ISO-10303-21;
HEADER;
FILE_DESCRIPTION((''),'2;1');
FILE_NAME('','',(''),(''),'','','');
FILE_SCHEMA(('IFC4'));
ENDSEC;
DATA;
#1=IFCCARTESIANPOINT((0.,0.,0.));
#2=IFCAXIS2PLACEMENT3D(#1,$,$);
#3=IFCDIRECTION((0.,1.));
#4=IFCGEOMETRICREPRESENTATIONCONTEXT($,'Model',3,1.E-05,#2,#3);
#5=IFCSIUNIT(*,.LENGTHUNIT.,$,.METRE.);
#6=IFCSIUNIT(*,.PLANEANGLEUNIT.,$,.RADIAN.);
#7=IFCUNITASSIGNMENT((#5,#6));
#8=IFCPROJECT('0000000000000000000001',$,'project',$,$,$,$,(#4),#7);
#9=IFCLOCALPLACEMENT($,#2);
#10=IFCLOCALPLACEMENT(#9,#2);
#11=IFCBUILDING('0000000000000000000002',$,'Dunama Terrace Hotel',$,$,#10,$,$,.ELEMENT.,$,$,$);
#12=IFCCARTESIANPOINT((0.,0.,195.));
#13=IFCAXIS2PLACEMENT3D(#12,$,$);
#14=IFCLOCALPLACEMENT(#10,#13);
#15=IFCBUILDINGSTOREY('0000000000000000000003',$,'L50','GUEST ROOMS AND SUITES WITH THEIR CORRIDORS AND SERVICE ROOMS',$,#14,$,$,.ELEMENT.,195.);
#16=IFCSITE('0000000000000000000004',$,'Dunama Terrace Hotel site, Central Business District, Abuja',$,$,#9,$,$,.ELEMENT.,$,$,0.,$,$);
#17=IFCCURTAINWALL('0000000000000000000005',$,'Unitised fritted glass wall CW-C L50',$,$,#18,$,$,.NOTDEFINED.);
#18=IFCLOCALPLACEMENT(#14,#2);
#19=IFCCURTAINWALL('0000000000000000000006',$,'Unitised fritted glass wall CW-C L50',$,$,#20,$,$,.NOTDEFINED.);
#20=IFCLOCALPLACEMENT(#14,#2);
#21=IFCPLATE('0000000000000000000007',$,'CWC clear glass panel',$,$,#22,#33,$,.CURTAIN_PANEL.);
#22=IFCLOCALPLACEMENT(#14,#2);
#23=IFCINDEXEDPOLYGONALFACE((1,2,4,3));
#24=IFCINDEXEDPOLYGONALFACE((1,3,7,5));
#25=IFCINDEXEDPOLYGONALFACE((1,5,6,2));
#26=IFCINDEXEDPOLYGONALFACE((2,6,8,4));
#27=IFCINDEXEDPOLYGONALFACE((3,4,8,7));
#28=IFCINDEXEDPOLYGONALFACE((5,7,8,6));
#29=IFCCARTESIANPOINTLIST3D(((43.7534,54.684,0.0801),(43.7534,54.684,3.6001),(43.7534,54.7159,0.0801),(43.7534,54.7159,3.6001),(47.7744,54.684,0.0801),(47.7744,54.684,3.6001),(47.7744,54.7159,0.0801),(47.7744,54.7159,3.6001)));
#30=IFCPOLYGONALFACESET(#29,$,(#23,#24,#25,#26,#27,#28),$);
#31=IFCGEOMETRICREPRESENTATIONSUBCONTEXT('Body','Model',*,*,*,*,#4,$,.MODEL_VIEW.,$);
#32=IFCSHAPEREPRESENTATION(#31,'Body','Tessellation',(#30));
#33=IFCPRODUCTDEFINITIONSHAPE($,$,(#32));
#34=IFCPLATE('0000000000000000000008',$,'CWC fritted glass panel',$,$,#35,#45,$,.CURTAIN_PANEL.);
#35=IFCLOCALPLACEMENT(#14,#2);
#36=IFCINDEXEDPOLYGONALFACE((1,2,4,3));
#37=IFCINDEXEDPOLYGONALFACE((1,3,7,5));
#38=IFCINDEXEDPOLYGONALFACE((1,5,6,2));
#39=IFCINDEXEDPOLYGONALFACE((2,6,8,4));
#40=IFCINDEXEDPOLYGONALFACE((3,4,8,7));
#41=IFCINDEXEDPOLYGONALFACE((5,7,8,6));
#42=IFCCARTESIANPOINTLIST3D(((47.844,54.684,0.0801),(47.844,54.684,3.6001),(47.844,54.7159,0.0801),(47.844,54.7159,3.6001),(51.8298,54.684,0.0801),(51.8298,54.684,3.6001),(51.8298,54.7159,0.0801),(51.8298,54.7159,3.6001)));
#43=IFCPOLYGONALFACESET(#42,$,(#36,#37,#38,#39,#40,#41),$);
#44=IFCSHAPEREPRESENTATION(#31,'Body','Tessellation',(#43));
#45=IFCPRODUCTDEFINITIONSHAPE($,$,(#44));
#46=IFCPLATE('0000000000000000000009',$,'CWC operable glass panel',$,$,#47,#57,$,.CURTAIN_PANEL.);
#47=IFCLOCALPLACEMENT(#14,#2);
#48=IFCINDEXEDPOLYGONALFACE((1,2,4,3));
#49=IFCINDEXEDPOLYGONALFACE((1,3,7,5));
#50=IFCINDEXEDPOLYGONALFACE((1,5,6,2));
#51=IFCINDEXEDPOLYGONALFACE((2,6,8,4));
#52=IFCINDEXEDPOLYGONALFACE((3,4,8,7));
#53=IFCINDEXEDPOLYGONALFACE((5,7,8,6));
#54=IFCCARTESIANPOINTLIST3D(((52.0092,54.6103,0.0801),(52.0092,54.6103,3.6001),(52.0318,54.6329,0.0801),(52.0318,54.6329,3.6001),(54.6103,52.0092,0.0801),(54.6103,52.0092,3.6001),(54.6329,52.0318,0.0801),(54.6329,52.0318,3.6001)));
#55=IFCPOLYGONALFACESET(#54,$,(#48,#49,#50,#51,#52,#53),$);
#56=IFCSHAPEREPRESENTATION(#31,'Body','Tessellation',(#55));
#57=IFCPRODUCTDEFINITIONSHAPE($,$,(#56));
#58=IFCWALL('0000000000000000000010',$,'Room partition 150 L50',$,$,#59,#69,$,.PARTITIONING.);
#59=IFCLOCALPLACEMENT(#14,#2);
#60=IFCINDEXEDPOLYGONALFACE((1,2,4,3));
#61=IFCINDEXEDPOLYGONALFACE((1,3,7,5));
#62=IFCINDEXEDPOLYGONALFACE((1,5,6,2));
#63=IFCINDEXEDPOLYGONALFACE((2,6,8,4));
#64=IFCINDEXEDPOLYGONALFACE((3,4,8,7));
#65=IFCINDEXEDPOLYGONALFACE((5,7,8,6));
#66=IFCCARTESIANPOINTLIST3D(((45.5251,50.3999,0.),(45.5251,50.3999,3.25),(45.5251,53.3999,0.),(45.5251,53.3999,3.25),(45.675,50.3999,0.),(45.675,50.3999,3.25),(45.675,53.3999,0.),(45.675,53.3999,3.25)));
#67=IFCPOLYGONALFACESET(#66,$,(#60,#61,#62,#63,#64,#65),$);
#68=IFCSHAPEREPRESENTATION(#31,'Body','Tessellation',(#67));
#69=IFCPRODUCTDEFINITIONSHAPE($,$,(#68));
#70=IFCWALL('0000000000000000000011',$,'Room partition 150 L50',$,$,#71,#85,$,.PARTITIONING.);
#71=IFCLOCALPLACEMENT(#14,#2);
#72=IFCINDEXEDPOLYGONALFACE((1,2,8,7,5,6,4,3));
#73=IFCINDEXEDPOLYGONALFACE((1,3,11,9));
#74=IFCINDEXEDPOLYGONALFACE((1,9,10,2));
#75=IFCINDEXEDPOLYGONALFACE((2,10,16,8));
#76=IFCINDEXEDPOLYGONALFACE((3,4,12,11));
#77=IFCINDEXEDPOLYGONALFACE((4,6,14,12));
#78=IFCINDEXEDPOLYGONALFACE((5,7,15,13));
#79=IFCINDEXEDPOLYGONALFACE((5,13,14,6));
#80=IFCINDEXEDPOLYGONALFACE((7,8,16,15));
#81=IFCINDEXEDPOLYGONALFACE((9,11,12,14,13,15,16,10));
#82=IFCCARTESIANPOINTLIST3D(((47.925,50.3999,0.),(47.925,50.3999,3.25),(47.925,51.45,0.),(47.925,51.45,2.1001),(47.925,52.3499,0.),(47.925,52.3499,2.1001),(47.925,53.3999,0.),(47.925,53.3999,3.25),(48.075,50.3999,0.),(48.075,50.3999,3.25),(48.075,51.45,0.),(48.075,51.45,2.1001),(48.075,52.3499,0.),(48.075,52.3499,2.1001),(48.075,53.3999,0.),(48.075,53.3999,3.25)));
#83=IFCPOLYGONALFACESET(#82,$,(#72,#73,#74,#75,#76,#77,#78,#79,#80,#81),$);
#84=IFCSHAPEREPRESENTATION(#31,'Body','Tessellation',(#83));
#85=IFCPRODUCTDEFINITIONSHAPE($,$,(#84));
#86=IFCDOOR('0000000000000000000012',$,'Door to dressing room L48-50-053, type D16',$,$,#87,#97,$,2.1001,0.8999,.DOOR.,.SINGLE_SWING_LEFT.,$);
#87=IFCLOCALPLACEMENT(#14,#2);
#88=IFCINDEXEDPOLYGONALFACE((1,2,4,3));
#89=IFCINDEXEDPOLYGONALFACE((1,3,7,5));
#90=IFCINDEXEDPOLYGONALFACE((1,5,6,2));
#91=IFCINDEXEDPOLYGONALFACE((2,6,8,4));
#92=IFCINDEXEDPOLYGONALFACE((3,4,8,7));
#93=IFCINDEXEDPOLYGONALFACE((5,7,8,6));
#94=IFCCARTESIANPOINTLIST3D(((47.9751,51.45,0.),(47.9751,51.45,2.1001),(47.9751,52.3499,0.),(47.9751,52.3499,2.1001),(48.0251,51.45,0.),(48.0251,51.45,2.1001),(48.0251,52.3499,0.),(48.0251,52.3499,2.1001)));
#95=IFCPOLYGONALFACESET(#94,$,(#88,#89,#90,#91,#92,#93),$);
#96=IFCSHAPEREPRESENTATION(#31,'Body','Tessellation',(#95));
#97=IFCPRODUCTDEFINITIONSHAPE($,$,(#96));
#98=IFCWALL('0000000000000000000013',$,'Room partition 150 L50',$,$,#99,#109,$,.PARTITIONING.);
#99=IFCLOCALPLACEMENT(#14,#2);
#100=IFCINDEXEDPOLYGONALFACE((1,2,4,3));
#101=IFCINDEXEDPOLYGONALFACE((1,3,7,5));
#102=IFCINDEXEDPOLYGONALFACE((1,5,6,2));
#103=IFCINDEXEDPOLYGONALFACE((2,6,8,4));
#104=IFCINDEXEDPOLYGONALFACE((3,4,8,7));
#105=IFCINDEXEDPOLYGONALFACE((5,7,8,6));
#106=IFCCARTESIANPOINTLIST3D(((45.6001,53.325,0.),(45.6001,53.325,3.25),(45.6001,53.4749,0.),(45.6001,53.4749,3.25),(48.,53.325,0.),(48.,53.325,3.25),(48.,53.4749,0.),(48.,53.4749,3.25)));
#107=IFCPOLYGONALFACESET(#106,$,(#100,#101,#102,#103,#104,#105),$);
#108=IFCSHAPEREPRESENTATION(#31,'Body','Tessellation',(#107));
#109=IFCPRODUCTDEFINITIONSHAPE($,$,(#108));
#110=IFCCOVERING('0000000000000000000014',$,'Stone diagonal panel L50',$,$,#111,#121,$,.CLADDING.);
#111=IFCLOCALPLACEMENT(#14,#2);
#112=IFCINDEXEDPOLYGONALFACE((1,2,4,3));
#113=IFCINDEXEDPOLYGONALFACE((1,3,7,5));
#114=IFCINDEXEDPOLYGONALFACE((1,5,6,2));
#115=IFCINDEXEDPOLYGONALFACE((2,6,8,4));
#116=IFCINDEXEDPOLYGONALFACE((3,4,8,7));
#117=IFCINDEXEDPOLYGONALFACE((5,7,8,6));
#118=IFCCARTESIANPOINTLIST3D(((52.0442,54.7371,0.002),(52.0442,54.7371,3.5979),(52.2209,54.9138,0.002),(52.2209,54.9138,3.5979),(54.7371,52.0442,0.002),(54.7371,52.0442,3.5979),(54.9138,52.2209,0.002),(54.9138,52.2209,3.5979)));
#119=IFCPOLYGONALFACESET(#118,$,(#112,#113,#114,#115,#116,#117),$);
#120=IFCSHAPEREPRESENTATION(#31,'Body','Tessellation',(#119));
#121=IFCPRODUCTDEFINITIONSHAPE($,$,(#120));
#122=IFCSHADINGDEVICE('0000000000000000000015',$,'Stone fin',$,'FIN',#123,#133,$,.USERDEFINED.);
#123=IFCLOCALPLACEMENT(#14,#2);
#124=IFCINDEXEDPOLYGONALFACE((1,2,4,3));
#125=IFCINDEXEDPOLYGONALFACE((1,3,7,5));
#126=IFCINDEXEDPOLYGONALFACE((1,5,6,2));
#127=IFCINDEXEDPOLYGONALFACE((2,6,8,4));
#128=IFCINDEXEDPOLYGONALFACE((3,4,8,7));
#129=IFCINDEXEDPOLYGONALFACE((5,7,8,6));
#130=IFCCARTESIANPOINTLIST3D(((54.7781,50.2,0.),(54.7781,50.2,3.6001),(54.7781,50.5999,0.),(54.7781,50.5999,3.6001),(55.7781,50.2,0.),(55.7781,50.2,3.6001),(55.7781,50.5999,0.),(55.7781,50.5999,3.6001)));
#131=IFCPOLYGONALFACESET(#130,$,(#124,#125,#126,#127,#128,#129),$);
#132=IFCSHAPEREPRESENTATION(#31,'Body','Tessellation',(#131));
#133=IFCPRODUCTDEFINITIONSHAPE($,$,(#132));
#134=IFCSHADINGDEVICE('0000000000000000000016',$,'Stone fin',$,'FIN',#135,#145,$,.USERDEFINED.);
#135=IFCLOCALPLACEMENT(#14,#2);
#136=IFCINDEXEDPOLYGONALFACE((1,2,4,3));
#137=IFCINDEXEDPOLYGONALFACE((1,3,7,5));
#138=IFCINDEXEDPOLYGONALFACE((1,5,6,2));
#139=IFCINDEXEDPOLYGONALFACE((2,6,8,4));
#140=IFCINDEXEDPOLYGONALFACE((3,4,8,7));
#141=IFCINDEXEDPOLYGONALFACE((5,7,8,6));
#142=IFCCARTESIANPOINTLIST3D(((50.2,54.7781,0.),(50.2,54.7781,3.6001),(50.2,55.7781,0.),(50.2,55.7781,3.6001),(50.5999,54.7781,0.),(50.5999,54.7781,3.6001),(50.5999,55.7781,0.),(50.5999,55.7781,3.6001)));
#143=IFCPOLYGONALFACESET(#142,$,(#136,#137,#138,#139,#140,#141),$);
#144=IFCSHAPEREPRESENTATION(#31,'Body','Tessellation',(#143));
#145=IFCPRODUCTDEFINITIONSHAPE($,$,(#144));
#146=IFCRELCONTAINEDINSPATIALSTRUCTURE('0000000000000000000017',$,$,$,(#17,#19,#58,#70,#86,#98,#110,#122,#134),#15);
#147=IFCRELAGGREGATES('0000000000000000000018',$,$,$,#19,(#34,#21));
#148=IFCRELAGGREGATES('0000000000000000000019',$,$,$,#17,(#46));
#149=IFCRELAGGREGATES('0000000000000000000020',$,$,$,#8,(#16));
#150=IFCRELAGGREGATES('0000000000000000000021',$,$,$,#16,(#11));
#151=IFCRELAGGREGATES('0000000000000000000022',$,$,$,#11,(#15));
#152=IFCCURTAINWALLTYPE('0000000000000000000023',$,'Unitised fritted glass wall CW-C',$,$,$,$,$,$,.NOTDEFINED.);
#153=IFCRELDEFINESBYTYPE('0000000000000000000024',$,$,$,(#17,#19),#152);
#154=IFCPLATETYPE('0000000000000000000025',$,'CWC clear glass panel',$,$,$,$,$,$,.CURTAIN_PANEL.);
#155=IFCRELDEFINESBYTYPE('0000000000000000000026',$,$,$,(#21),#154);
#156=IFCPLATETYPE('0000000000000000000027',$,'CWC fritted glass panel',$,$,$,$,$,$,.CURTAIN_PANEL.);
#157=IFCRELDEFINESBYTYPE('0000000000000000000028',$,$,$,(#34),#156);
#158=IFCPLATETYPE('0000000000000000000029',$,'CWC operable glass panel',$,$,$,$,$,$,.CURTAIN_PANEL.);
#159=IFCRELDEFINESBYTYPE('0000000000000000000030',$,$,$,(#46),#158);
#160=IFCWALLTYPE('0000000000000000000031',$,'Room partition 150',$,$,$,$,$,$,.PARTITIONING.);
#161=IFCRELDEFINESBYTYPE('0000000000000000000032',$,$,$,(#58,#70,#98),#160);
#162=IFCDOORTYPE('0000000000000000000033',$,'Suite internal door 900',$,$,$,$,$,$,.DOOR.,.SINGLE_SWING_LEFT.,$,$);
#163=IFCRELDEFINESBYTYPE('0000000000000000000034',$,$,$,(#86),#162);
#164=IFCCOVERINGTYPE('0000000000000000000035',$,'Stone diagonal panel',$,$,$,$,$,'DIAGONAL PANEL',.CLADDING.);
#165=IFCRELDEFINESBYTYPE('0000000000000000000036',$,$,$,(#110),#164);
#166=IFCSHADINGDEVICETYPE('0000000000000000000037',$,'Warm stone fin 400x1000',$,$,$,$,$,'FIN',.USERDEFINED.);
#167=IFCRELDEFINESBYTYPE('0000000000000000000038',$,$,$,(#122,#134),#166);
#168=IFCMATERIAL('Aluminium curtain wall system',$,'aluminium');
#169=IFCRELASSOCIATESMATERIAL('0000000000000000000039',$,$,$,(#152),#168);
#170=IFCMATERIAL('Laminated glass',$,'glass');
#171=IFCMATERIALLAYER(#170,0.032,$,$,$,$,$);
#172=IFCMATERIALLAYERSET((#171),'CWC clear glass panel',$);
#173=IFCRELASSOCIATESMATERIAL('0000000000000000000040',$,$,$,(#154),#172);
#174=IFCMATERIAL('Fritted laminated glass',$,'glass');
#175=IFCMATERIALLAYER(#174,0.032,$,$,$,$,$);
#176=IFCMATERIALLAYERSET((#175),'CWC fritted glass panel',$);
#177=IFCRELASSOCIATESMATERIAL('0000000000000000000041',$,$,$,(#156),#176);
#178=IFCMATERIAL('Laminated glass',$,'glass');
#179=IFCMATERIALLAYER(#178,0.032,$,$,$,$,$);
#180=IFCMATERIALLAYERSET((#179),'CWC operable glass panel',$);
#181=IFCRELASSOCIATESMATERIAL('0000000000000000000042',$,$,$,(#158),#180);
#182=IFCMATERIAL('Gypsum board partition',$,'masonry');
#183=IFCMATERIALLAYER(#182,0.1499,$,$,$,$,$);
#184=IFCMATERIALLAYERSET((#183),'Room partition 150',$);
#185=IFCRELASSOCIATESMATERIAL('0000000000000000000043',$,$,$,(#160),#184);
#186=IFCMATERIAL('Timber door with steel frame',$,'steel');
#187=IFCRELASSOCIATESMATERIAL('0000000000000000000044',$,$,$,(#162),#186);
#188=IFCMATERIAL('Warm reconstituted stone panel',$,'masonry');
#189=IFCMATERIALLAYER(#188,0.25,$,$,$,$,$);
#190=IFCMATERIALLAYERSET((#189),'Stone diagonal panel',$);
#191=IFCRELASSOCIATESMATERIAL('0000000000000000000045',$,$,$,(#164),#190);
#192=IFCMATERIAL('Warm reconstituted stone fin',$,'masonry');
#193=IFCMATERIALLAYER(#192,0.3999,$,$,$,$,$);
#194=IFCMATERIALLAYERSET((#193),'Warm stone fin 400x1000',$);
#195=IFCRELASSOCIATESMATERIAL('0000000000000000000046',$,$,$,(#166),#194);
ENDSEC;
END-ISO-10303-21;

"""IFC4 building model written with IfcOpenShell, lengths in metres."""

from ifc_helpers import new_model, si_unit, direction, frame, frame_2d, origin, origin_2d, place, context, subcontext, project, spatial, rectangle, extrude, material, layer, layer_set, type_object, element, fill, aggregate, save


model = new_model("IFC4")

# Units and contexts
model_context = context("Model", 3, precision=1e-05, world=origin(), true_north=direction((0.0, 1.0)))
body_context = subcontext(model_context, "Body", "Model", "MODEL_VIEW")
ifc_project = project(units=[si_unit("LENGTHUNIT", "METRE"), si_unit("PLANEANGLEUNIT", "RADIAN")], contexts=[model_context])

# Site, building, storey
site_placement = place(None, origin())
site = spatial("IfcSite", under=ifc_project, at=site_placement, Name="Dunama Terrace Hotel site, Central Business District, Abuja", CompositionType="ELEMENT", RefElevation=0.0)
building_placement = place(site_placement, origin())
building = spatial("IfcBuilding", under=site, at=building_placement, Name="Dunama Terrace Hotel", CompositionType="ELEMENT")
storey_placement = place(building_placement, frame((0.0, 0.0, 195.0)))
storey = spatial("IfcBuildingStorey", under=building, at=storey_placement, Name="L50", Description="GUEST ROOMS AND SUITES WITH THEIR CORRIDORS AND SERVICE ROOMS", CompositionType="ELEMENT", Elevation=195.0)

# Curtain walls
ifc_material_1 = material(Name="Aluminium curtain wall system", Category="aluminium")
curtain_wall_type = type_object("IfcCurtainWallType", Name="Unitised fritted glass wall CW-C", PredefinedType="NOTDEFINED", material=ifc_material_1)
curtain_wall_1_placement = place(storey_placement, origin())
curtain_wall_1 = element("IfcCurtainWall", 1, at=curtain_wall_1_placement, inside=storey, type_object=curtain_wall_type, Name="Unitised fritted glass wall CW-C L50", PredefinedType="NOTDEFINED")
curtain_wall_2_placement = place(storey_placement, origin())
curtain_wall_2 = element("IfcCurtainWall", 2, at=curtain_wall_2_placement, inside=storey, type_object=curtain_wall_type, Name="Unitised fritted glass wall CW-C L50", PredefinedType="NOTDEFINED")

# Plates
ifc_material_2 = material(Name="Laminated glass", Category="glass")
ifc_layer_1 = layer(ifc_material_2, 0.032)
ifc_layer_set_1 = layer_set([ifc_layer_1], Name="CWC clear glass panel")
plate_type_1 = type_object("IfcPlateType", Name="CWC clear glass panel", PredefinedType="CURTAIN_PANEL", material=ifc_layer_set_1)
plate_1_placement = place(storey_placement, frame((45.7639, 54.7, 0.0801), z_axis=(0.0, 0.0, 1.0), x_axis=(-1.0, 0.0, 0.0)))
plate_1 = element("IfcPlate", 3, at=plate_1_placement, type_object=plate_type_1, Name="CWC clear glass panel", PredefinedType="CURTAIN_PANEL", context=body_context, shape_type="SweptSolid", body=[
    extrude(rectangle(XDim=4.021, YDim=0.032, at=origin_2d()), origin(), (0.0, 0.0, 1.0), 3.52),
])
ifc_material_3 = material(Name="Fritted laminated glass", Category="glass")
ifc_layer_2 = layer(ifc_material_3, 0.032)
ifc_layer_set_2 = layer_set([ifc_layer_2], Name="CWC fritted glass panel")
plate_type_2 = type_object("IfcPlateType", Name="CWC fritted glass panel", PredefinedType="CURTAIN_PANEL", material=ifc_layer_set_2)
plate_2_placement = place(storey_placement, frame((49.8369, 54.7, 0.0801), z_axis=(0.0, 0.0, 1.0), x_axis=(-1.0, 0.0, 0.0)))
plate_2 = element("IfcPlate", 4, at=plate_2_placement, type_object=plate_type_2, Name="CWC fritted glass panel", PredefinedType="CURTAIN_PANEL", context=body_context, shape_type="SweptSolid", body=[
    extrude(rectangle(XDim=3.9858, YDim=0.032, at=origin_2d()), origin(), (0.0, 0.0, 1.0), 3.52),
])
aggregate(curtain_wall_2, [plate_2, plate_1])
ifc_material_4 = material(Name="Laminated glass", Category="glass")
ifc_layer_3 = layer(ifc_material_4, 0.032)
ifc_layer_set_3 = layer_set([ifc_layer_3], Name="CWC operable glass panel")
plate_type_3 = type_object("IfcPlateType", Name="CWC operable glass panel", PredefinedType="CURTAIN_PANEL", material=ifc_layer_set_3)
plate_3_placement = place(storey_placement, frame((53.321, 53.321, 0.0801), z_axis=(0.0, 0.0, 1.0), x_axis=(-0.707107, 0.707107, 0.0)))
plate_3 = element("IfcPlate", 5, at=plate_3_placement, type_object=plate_type_3, Name="CWC operable glass panel", PredefinedType="CURTAIN_PANEL", context=body_context, shape_type="SweptSolid", body=[
    extrude(rectangle(XDim=3.6785, YDim=0.032, at=origin_2d()), origin(), (0.0, 0.0, 1.0), 3.52),
])
aggregate(curtain_wall_1, [plate_3])

# Wall
ifc_material_5 = material(Name="Gypsum board partition", Category="masonry")
ifc_layer_4 = layer(ifc_material_5, 0.1499)
ifc_layer_set_4 = layer_set([ifc_layer_4], Name="Room partition 150")
wall_type = type_object("IfcWallType", Name="Room partition 150", PredefinedType="PARTITIONING", material=ifc_layer_set_4)
wall_1_placement = place(storey_placement, frame((45.6001, 50.3999, 0.0), z_axis=(0.0, 0.0, 1.0), x_axis=(0.0, 1.0, 0.0)))
element("IfcWall", 6, at=wall_1_placement, inside=storey, type_object=wall_type, Name="Room partition 150 L50", PredefinedType="PARTITIONING", context=body_context, shape_type="SweptSolid", body=[
    extrude(rectangle(XDim=3.0, YDim=0.1499, at=frame_2d((1.5, 0.0))), origin(), (0.0, 0.0, 1.0), 3.25),
])

# Wall, opening, door
wall_2_placement = place(storey_placement, frame((48.0, 50.3999, 0.0), z_axis=(0.0, 0.0, 1.0), x_axis=(0.0, 1.0, 0.0)))
wall_2 = element("IfcWall", 7, at=wall_2_placement, inside=storey, type_object=wall_type, Name="Room partition 150 L50", PredefinedType="PARTITIONING", context=body_context, shape_type="SweptSolid", body=[
    extrude(rectangle(XDim=3.0, YDim=0.1499, at=frame_2d((1.5, 0.0))), origin(), (0.0, 0.0, 1.0), 3.25),
])
opening_placement = place(wall_2_placement, frame((1.05, 0.0, 0.0)))
opening = element("IfcOpeningElement", 8, at=opening_placement, cuts=wall_2, PredefinedType="OPENING", context=body_context, shape_type="SweptSolid", body=[
    extrude(rectangle(XDim=0.8999, YDim=2.1001, at=frame_2d((0.45, 1.05))), frame((0.0, 0.085, 0.0), z_axis=(0.0, -1.0, 0.0), x_axis=(1.0, 0.0, 0.0)), (0.0, 0.0, 1.0), 0.1699),
])
ifc_material_6 = material(Name="Timber door with steel frame", Category="steel")
door_type = type_object("IfcDoorType", Name="Suite internal door 900", OperationType="SINGLE_SWING_LEFT", PredefinedType="DOOR", material=ifc_material_6)
door_placement = place(opening_placement, origin())
door = element("IfcDoor", 9, at=door_placement, inside=storey, type_object=door_type, Name="Door to dressing room L48-50-053, type D16", OperationType="SINGLE_SWING_LEFT", OverallHeight=2.1001, OverallWidth=0.8999, PredefinedType="DOOR", context=body_context, shape_type="SweptSolid", body=[
    extrude(rectangle(XDim=0.8999, YDim=2.1001, at=frame_2d((0.45, 1.05))), frame((0.0, 0.0249, 0.0), z_axis=(0.0, -1.0, 0.0), x_axis=(1.0, 0.0, 0.0)), (0.0, 0.0, 1.0), 0.05),
])
fill(opening, door)

# Wall
wall_3_placement = place(storey_placement, frame((45.6001, 53.3999, 0.0), z_axis=(0.0, 0.0, 1.0), x_axis=(1.0, 0.0, 0.0)))
element("IfcWall", 10, at=wall_3_placement, inside=storey, type_object=wall_type, Name="Room partition 150 L50", PredefinedType="PARTITIONING", context=body_context, shape_type="SweptSolid", body=[
    extrude(rectangle(XDim=2.3999, YDim=0.1499, at=frame_2d((1.2, 0.0))), origin(), (0.0, 0.0, 1.0), 3.25),
])

# Covering
ifc_material_7 = material(Name="Warm reconstituted stone panel", Category="masonry")
ifc_layer_5 = layer(ifc_material_7, 0.25)
ifc_layer_set_5 = layer_set([ifc_layer_5], Name="Stone diagonal panel")
covering_type = type_object("IfcCoveringType", Name="Stone diagonal panel", ElementType="DIAGONAL PANEL", PredefinedType="CLADDING", material=ifc_layer_set_5)
covering_placement = place(storey_placement, frame((53.479, 53.479, 0.002), z_axis=(0.0, 0.0, 1.0), x_axis=(-0.707107, 0.707107, 0.0)))
element("IfcCovering", 11, at=covering_placement, inside=storey, type_object=covering_type, Name="Stone diagonal panel L50", PredefinedType="CLADDING", context=body_context, shape_type="SweptSolid", body=[
    extrude(rectangle(XDim=3.8083, YDim=0.25, at=origin_2d()), origin(), (0.0, 0.0, 1.0), 3.5959),
])

# Shading devices
ifc_material_8 = material(Name="Warm reconstituted stone fin", Category="masonry")
ifc_layer_6 = layer(ifc_material_8, 0.3999)
ifc_layer_set_6 = layer_set([ifc_layer_6], Name="Warm stone fin 400x1000")
shading_device_type = type_object("IfcShadingDeviceType", Name="Warm stone fin 400x1000", ElementType="FIN", PredefinedType="USERDEFINED", material=ifc_layer_set_6)
for number, where, z_axis, x_axis, name in (
    (12, (55.2781, 50.3999, 0.0), (0.0, 0.0, 1.0), (0.0, 1.0, 0.0), "Stone fin"),
    (13, (50.3999, 55.2781, 0.0), (0.0, 0.0, 1.0), (-1.0, 0.0, 0.0), "Stone fin"),
):
    element("IfcShadingDevice", number, at=place(storey_placement, frame(where, z_axis=z_axis, x_axis=x_axis)), inside=storey, type_object=shading_device_type, Name=name, ObjectType="FIN", PredefinedType="USERDEFINED", context=body_context, shape_type="SweptSolid", body=[
        extrude(rectangle(XDim=0.3999, YDim=1.0, at=origin_2d()), origin(), (0.0, 0.0, 1.0), 3.6001),
    ])

save(model, "model.ifc")
